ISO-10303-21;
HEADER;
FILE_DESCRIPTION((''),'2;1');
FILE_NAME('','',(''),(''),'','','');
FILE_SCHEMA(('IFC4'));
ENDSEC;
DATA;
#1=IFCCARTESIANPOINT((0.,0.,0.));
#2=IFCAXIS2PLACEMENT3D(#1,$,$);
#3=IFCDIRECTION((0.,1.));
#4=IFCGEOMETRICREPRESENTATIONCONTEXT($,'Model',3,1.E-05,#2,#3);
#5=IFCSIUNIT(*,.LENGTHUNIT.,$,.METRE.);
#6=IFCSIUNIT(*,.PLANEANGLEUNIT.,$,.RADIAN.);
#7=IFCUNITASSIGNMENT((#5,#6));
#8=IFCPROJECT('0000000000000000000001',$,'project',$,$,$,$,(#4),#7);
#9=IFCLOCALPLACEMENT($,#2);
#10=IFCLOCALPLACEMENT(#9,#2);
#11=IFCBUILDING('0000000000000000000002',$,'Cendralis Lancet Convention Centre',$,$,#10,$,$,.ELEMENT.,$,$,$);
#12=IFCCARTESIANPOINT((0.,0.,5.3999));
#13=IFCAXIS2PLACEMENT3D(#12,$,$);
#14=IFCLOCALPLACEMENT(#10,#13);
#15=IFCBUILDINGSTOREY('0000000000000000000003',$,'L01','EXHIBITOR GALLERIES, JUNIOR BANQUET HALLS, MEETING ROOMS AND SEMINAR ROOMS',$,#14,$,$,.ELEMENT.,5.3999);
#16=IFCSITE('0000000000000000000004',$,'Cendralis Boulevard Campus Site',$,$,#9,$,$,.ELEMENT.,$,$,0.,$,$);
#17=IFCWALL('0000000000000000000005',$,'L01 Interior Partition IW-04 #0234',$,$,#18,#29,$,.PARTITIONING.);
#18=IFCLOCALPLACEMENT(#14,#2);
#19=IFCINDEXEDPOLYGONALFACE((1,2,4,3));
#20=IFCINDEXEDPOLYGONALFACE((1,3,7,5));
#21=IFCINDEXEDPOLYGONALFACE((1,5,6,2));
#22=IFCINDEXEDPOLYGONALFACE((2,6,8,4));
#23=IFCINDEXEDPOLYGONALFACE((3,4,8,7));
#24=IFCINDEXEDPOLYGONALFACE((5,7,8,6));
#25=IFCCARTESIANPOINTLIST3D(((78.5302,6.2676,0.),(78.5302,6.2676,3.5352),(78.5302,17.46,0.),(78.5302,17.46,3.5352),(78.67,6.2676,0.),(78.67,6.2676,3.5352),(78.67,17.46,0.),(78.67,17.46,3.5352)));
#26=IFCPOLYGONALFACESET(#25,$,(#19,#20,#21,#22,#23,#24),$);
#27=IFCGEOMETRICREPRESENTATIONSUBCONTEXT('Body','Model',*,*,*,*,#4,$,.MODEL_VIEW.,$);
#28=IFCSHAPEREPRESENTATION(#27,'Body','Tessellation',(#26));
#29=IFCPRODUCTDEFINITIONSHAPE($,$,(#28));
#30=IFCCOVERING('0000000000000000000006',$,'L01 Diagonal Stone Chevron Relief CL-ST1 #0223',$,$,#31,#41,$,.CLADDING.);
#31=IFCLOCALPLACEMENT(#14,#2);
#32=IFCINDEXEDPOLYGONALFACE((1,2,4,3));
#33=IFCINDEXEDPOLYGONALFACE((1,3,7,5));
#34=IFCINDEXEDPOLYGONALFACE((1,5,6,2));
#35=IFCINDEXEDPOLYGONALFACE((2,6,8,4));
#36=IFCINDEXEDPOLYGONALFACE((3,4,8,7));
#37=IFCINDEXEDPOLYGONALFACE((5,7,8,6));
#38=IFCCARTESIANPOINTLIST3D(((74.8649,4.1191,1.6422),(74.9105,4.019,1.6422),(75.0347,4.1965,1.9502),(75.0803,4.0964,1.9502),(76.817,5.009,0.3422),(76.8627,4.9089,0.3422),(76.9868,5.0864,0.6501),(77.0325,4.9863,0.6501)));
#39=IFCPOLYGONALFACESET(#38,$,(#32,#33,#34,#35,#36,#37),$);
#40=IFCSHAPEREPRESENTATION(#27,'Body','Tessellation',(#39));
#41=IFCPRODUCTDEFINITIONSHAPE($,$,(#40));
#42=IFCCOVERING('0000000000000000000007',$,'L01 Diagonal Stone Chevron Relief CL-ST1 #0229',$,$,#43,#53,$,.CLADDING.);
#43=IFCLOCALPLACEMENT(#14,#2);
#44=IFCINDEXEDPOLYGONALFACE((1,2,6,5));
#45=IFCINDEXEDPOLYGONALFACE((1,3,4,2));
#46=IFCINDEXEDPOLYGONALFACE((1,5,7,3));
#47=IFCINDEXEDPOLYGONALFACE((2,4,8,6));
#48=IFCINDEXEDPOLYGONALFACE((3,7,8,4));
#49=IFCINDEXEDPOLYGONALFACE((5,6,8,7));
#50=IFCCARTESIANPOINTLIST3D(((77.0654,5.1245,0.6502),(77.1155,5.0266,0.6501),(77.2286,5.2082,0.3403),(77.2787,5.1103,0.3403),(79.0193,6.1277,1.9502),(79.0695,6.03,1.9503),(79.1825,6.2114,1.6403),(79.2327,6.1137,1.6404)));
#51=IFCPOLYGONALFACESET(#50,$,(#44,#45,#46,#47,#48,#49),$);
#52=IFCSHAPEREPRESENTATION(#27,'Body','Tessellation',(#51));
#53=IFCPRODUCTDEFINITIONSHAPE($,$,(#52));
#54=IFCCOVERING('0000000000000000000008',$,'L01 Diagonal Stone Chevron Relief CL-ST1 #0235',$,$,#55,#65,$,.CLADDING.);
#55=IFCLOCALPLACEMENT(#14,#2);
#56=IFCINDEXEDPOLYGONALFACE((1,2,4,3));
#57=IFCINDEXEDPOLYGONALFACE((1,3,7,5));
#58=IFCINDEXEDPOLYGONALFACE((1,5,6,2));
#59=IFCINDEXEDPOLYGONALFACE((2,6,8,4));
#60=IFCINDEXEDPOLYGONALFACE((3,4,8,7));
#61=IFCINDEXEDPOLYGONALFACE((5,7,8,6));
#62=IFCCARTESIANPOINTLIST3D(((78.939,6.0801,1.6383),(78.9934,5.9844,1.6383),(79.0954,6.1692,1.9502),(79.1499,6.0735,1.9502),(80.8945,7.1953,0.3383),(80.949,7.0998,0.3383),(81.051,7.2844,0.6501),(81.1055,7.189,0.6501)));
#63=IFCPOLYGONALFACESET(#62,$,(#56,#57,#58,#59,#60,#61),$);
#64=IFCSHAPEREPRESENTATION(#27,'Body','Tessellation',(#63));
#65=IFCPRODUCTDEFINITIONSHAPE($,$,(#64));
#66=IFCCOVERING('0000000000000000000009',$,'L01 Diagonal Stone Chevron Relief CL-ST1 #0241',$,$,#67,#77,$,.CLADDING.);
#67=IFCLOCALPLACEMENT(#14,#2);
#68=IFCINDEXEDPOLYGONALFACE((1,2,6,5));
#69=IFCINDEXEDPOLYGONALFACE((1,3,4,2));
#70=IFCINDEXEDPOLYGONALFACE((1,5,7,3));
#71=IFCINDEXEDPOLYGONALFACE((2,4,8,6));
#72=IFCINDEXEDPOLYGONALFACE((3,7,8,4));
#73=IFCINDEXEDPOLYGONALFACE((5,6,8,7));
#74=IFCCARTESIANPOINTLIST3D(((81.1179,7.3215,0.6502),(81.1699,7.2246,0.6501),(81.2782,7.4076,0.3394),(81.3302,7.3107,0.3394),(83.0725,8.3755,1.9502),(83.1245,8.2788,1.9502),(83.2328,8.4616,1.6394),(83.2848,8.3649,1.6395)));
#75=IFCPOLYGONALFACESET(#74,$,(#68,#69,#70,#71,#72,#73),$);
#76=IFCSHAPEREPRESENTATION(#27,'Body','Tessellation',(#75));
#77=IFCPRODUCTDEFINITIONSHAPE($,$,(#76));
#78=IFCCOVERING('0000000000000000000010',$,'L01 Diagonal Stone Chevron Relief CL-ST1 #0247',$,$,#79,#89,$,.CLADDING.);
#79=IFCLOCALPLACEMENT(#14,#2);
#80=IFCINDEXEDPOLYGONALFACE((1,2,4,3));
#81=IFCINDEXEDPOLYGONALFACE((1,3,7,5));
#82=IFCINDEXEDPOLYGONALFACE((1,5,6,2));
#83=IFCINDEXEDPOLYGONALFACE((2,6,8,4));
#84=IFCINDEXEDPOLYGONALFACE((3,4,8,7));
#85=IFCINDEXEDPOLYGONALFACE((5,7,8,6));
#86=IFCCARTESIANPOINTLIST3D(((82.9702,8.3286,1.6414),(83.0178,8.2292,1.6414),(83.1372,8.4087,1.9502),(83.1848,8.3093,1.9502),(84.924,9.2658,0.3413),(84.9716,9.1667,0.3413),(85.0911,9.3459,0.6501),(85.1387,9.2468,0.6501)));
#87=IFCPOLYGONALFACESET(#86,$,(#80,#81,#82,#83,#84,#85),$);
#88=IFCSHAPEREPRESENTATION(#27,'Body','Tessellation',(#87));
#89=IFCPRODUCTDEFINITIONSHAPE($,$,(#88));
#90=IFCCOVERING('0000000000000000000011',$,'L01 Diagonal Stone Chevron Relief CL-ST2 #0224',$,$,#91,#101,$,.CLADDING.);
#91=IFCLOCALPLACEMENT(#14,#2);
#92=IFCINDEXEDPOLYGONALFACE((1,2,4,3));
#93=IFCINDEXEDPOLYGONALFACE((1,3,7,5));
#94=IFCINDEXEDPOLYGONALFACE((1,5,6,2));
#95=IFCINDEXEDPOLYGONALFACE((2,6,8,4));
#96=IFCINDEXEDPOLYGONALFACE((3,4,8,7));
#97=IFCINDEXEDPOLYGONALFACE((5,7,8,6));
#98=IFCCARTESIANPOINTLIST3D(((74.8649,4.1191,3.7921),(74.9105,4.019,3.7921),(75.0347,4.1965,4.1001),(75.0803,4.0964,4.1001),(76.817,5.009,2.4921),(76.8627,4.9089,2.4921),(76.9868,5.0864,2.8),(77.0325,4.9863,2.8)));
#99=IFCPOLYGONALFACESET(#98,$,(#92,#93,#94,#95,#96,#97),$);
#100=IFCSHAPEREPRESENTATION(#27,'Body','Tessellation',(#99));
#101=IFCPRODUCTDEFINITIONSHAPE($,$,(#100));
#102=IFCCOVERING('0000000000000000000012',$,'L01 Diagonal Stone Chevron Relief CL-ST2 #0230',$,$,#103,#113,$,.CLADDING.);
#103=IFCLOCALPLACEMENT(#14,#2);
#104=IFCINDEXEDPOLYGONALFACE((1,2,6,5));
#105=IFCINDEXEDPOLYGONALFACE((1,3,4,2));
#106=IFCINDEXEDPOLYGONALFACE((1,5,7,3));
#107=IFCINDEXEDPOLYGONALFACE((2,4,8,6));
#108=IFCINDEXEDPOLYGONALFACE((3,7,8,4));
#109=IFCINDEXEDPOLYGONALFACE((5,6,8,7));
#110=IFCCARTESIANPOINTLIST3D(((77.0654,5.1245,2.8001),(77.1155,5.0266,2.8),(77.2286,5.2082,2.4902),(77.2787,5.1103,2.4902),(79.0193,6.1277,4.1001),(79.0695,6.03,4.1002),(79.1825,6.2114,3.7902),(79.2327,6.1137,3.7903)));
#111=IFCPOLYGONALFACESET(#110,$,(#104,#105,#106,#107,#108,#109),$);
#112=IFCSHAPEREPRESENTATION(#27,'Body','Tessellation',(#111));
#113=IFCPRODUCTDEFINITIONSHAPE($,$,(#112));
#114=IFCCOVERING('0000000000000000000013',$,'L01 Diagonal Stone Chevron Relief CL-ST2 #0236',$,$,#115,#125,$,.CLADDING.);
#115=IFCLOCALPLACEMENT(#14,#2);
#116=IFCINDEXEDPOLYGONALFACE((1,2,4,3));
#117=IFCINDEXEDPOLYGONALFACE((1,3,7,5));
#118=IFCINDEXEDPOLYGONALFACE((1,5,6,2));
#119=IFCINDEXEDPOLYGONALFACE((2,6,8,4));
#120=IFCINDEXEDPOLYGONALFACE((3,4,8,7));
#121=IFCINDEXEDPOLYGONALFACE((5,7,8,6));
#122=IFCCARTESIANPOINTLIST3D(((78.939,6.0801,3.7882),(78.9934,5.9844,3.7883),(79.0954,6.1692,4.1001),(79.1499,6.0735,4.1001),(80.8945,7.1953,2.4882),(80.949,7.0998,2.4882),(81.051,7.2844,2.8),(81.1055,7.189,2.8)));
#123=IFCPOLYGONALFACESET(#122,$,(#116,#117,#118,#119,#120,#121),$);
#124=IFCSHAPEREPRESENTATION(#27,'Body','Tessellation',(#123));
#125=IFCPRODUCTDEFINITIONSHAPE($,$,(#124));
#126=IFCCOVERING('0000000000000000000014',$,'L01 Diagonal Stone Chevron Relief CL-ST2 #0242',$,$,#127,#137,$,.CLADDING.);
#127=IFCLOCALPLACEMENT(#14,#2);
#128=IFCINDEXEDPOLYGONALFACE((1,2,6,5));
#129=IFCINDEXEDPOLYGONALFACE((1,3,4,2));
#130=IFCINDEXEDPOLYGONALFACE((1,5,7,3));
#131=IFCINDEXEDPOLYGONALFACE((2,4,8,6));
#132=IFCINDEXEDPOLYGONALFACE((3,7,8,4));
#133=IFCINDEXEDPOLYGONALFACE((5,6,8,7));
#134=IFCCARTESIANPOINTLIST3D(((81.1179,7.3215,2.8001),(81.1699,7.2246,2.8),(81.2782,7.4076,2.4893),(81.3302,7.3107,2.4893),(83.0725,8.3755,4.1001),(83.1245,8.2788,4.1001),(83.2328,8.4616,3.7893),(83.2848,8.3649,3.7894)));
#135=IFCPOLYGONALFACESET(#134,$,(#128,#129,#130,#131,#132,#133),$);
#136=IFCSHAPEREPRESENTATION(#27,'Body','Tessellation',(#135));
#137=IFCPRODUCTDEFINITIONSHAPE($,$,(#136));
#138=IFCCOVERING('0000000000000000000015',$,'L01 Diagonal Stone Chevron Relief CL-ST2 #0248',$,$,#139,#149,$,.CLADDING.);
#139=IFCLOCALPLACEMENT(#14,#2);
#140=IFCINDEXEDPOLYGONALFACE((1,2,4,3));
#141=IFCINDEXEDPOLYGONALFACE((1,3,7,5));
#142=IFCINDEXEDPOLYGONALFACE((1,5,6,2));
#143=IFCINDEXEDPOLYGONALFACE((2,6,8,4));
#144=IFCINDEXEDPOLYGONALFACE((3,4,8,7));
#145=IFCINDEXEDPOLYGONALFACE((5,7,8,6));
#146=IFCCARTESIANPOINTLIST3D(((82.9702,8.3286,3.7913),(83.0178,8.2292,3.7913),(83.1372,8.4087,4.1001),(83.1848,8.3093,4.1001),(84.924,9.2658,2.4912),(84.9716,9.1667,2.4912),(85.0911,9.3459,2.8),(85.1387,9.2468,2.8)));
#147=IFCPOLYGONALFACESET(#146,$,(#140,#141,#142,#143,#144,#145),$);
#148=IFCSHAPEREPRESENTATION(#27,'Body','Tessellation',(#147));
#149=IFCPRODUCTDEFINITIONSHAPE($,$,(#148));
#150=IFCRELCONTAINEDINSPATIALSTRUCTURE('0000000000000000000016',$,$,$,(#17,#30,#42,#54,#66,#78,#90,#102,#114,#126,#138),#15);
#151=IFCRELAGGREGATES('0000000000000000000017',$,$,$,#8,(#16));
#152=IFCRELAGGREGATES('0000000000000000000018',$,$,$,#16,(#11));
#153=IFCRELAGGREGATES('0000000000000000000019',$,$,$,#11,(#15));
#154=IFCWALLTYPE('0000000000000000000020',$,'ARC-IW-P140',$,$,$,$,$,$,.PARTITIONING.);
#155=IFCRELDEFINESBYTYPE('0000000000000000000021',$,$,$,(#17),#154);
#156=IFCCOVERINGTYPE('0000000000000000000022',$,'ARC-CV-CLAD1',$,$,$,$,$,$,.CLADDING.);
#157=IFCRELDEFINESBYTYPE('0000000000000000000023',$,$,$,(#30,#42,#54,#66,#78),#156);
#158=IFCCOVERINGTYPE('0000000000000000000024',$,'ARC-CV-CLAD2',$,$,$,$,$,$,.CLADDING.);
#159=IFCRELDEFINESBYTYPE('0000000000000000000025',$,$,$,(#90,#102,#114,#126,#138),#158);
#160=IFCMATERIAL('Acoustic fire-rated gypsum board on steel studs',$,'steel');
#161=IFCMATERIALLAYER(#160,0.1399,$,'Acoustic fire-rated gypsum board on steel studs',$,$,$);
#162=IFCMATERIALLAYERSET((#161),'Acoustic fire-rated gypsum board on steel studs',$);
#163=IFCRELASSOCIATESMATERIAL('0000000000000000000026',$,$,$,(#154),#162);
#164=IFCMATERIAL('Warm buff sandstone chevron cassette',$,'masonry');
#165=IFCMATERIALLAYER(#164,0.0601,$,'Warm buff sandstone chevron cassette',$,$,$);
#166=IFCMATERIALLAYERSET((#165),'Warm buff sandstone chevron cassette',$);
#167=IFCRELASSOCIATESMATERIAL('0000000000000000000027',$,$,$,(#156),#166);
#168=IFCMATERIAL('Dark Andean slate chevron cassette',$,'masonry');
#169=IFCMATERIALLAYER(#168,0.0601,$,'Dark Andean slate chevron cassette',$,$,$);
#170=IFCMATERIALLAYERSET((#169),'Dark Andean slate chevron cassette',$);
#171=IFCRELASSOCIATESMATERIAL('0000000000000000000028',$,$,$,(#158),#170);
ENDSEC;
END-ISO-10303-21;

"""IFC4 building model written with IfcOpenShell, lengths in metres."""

from ifc_helpers import new_model, si_unit, direction, frame, frame_2d, origin, place, context, subcontext, project, spatial, polyline, rectangle, outline, extrude, material, layer, layer_set, type_object, element, save


model = new_model("IFC4")

# Units and contexts
model_context = context("Model", 3, precision=1e-05, world=origin(), true_north=direction((0.0, 1.0)))
body_context = subcontext(model_context, "Body", "Model", "MODEL_VIEW")
ifc_project = project(units=[si_unit("LENGTHUNIT", "METRE"), si_unit("PLANEANGLEUNIT", "RADIAN")], contexts=[model_context])

# Site, building, storey
site_placement = place(None, origin())
site = spatial("IfcSite", under=ifc_project, at=site_placement, Name="Cendralis Boulevard Campus Site", CompositionType="ELEMENT", RefElevation=0.0)
building_placement = place(site_placement, origin())
building = spatial("IfcBuilding", under=site, at=building_placement, Name="Cendralis Lancet Convention Centre", CompositionType="ELEMENT")
storey_placement = place(building_placement, frame((0.0, 0.0, 5.3999)))
storey = spatial("IfcBuildingStorey", under=building, at=storey_placement, Name="L01", Description="EXHIBITOR GALLERIES, JUNIOR BANQUET HALLS, MEETING ROOMS AND SEMINAR ROOMS", CompositionType="ELEMENT", Elevation=5.3999)

# Shared definitions
ifc_material_1 = material(Name="Warm buff sandstone chevron cassette", Category="masonry")
ifc_material_2 = material(Name="Dark Andean slate chevron cassette", Category="masonry")

# Wall
ifc_material_3 = material(Name="Acoustic fire-rated gypsum board on steel studs", Category="steel")
ifc_layer_1 = layer(ifc_material_3, 0.1399, Name="Acoustic fire-rated gypsum board on steel studs")
ifc_layer_set_1 = layer_set([ifc_layer_1], Name="Acoustic fire-rated gypsum board on steel studs")
wall_type_1 = type_object("IfcWallType", Name="ARC-IW-P140", PredefinedType="PARTITIONING", material=ifc_layer_set_1)
wall_1_placement = place(storey_placement, frame((78.6001, 6.2676, 0.0), z_axis=(0.0, 0.0, 1.0), x_axis=(0.0, 1.0, 0.0)))
element("IfcWall", 1, at=wall_1_placement, inside=storey, type_object=wall_type_1, Name="L01 Interior Partition IW-04 #0234", PredefinedType="PARTITIONING", context=body_context, shape_type="SweptSolid", body=[
    extrude(rectangle(XDim=11.1924, YDim=0.1399, at=frame_2d((5.5962, 0.0))), origin(), (0.0, 0.0, 1.0), 3.5352),
])

# Coverings
ifc_layer_2 = layer(ifc_material_1, 0.0601, Name="Warm buff sandstone chevron cassette")
ifc_layer_set_2 = layer_set([ifc_layer_2], Name="Warm buff sandstone chevron cassette")
covering_type_1 = type_object("IfcCoveringType", Name="ARC-CV-CLAD1", PredefinedType="CLADDING", material=ifc_layer_set_2)
covering_1_placement = place(storey_placement, frame((75.0803, 4.0964, 1.9502), z_axis=(0.471515, 0.215057, 0.855233), x_axis=(0.778192, 0.354741, -0.518243)))
element("IfcCovering", 2, at=covering_1_placement, inside=storey, type_object=covering_type_1, Name="L01 Diagonal Stone Chevron Relief CL-ST1 #0223", PredefinedType="CLADDING", context=body_context, shape_type="SweptSolid", body=[
    extrude(outline(polyline([(0.0, 0.0), (2.5086, 0.0), (2.5086, 0.11), (0.0, 0.11), (0.0, 0.0)])), origin(), (0.0, 0.0, -1.0), 0.3601),
])
covering_2_placement = place(storey_placement, frame((77.1155, 5.0266, 0.6501), z_axis=(-0.453169, -0.232525, 0.860564), x_axis=(0.765535, 0.393097, 0.509343)))
element("IfcCovering", 3, at=covering_2_placement, inside=storey, type_object=covering_type_1, Name="L01 Diagonal Stone Chevron Relief CL-ST1 #0229", PredefinedType="CLADDING", context=body_context, shape_type="SweptSolid", body=[
    extrude(outline(polyline([(0.0, 0.0), (2.5525, 0.0), (2.5524, 0.1098), (0.0002, 0.11), (0.0, 0.0)])), origin(), (0.0, 0.0, -1.0), 0.3601),
])
covering_3_placement = place(storey_placement, frame((79.1499, 6.0735, 1.9502), z_axis=(0.434531, 0.247511, 0.86598), x_axis=(0.75221, 0.42907, -0.500078)))
element("IfcCovering", 4, at=covering_3_placement, inside=storey, type_object=covering_type_1, Name="L01 Diagonal Stone Chevron Relief CL-ST1 #0235", PredefinedType="CLADDING", context=body_context, shape_type="SweptSolid", body=[
    extrude(outline(polyline([(0.0, 0.0), (2.5997, 0.0), (2.5997, 0.1099), (0.0001, 0.1101), (0.0, 0.0)])), origin(), (0.0, 0.0, -1.0), 0.3601),
])
covering_4_placement = place(storey_placement, frame((81.1699, 7.2246, 0.6501), z_axis=(-0.445063, -0.239088, 0.862992), x_axis=(0.75956, 0.409665, 0.505216)))
element("IfcCovering", 5, at=covering_4_placement, inside=storey, type_object=covering_type_1, Name="L01 Diagonal Stone Chevron Relief CL-ST1 #0241", PredefinedType="CLADDING", context=body_context, shape_type="SweptSolid", body=[
    extrude(outline(polyline([(0.0, 0.0), (2.5733, 0.0), (2.5734, 0.1098), (0.0002, 0.11), (0.0, 0.0)])), origin(), (0.0, 0.0, -1.0), 0.3601),
])
covering_5_placement = place(storey_placement, frame((83.1848, 8.3093, 1.9502), z_axis=(0.463831, 0.222502, 0.857528), x_axis=(0.773135, 0.370966, -0.514438)))
element("IfcCovering", 6, at=covering_5_placement, inside=storey, type_object=covering_type_1, Name="L01 Diagonal Stone Chevron Relief CL-ST1 #0247", PredefinedType="CLADDING", context=body_context, shape_type="SweptSolid", body=[
    extrude(outline(polyline([(0.0, 0.0), (2.5272, 0.0), (2.5271, 0.11), (0.0001, 0.1102), (0.0, 0.0)])), origin(), (0.0, 0.0, -1.0), 0.3601),
])
ifc_layer_3 = layer(ifc_material_2, 0.0601, Name="Dark Andean slate chevron cassette")
ifc_layer_set_3 = layer_set([ifc_layer_3], Name="Dark Andean slate chevron cassette")
covering_type_2 = type_object("IfcCoveringType", Name="ARC-CV-CLAD2", PredefinedType="CLADDING", material=ifc_layer_set_3)
covering_6_placement = place(storey_placement, frame((75.0803, 4.0964, 4.1001), z_axis=(0.471515, 0.215057, 0.855233), x_axis=(0.778192, 0.354741, -0.518243)))
element("IfcCovering", 7, at=covering_6_placement, inside=storey, type_object=covering_type_2, Name="L01 Diagonal Stone Chevron Relief CL-ST2 #0224", PredefinedType="CLADDING", context=body_context, shape_type="SweptSolid", body=[
    extrude(outline(polyline([(0.0, 0.0), (2.5086, 0.0), (2.5086, 0.11), (0.0, 0.11), (0.0, 0.0)])), origin(), (0.0, 0.0, -1.0), 0.3601),
])
covering_7_placement = place(storey_placement, frame((77.1155, 5.0266, 2.8), z_axis=(-0.453169, -0.232525, 0.860564), x_axis=(0.765535, 0.393097, 0.509343)))
element("IfcCovering", 8, at=covering_7_placement, inside=storey, type_object=covering_type_2, Name="L01 Diagonal Stone Chevron Relief CL-ST2 #0230", PredefinedType="CLADDING", context=body_context, shape_type="SweptSolid", body=[
    extrude(outline(polyline([(0.0, 0.0), (2.5525, 0.0), (2.5524, 0.1098), (0.0002, 0.11), (0.0, 0.0)])), origin(), (0.0, 0.0, -1.0), 0.3601),
])
covering_8_placement = place(storey_placement, frame((79.1499, 6.0735, 4.1001), z_axis=(0.434531, 0.247511, 0.86598), x_axis=(0.75221, 0.42907, -0.500078)))
element("IfcCovering", 9, at=covering_8_placement, inside=storey, type_object=covering_type_2, Name="L01 Diagonal Stone Chevron Relief CL-ST2 #0236", PredefinedType="CLADDING", context=body_context, shape_type="SweptSolid", body=[
    extrude(outline(polyline([(0.0, 0.0), (2.5997, 0.0), (2.5997, 0.1099), (0.0001, 0.1101), (0.0, 0.0)])), origin(), (0.0, 0.0, -1.0), 0.3601),
])
covering_9_placement = place(storey_placement, frame((81.1699, 7.2246, 2.8), z_axis=(-0.445063, -0.239088, 0.862992), x_axis=(0.75956, 0.409665, 0.505216)))
element("IfcCovering", 10, at=covering_9_placement, inside=storey, type_object=covering_type_2, Name="L01 Diagonal Stone Chevron Relief CL-ST2 #0242", PredefinedType="CLADDING", context=body_context, shape_type="SweptSolid", body=[
    extrude(outline(polyline([(0.0, 0.0), (2.5733, 0.0), (2.5734, 0.1098), (0.0002, 0.11), (0.0, 0.0)])), origin(), (0.0, 0.0, -1.0), 0.3601),
])
covering_10_placement = place(storey_placement, frame((83.1848, 8.3093, 4.1001), z_axis=(0.463831, 0.222502, 0.857528), x_axis=(0.773135, 0.370966, -0.514438)))
element("IfcCovering", 11, at=covering_10_placement, inside=storey, type_object=covering_type_2, Name="L01 Diagonal Stone Chevron Relief CL-ST2 #0248", PredefinedType="CLADDING", context=body_context, shape_type="SweptSolid", body=[
    extrude(outline(polyline([(0.0, 0.0), (2.5272, 0.0), (2.5271, 0.11), (0.0001, 0.1102), (0.0, 0.0)])), origin(), (0.0, 0.0, -1.0), 0.3601),
])

save(model, "model.ifc")
